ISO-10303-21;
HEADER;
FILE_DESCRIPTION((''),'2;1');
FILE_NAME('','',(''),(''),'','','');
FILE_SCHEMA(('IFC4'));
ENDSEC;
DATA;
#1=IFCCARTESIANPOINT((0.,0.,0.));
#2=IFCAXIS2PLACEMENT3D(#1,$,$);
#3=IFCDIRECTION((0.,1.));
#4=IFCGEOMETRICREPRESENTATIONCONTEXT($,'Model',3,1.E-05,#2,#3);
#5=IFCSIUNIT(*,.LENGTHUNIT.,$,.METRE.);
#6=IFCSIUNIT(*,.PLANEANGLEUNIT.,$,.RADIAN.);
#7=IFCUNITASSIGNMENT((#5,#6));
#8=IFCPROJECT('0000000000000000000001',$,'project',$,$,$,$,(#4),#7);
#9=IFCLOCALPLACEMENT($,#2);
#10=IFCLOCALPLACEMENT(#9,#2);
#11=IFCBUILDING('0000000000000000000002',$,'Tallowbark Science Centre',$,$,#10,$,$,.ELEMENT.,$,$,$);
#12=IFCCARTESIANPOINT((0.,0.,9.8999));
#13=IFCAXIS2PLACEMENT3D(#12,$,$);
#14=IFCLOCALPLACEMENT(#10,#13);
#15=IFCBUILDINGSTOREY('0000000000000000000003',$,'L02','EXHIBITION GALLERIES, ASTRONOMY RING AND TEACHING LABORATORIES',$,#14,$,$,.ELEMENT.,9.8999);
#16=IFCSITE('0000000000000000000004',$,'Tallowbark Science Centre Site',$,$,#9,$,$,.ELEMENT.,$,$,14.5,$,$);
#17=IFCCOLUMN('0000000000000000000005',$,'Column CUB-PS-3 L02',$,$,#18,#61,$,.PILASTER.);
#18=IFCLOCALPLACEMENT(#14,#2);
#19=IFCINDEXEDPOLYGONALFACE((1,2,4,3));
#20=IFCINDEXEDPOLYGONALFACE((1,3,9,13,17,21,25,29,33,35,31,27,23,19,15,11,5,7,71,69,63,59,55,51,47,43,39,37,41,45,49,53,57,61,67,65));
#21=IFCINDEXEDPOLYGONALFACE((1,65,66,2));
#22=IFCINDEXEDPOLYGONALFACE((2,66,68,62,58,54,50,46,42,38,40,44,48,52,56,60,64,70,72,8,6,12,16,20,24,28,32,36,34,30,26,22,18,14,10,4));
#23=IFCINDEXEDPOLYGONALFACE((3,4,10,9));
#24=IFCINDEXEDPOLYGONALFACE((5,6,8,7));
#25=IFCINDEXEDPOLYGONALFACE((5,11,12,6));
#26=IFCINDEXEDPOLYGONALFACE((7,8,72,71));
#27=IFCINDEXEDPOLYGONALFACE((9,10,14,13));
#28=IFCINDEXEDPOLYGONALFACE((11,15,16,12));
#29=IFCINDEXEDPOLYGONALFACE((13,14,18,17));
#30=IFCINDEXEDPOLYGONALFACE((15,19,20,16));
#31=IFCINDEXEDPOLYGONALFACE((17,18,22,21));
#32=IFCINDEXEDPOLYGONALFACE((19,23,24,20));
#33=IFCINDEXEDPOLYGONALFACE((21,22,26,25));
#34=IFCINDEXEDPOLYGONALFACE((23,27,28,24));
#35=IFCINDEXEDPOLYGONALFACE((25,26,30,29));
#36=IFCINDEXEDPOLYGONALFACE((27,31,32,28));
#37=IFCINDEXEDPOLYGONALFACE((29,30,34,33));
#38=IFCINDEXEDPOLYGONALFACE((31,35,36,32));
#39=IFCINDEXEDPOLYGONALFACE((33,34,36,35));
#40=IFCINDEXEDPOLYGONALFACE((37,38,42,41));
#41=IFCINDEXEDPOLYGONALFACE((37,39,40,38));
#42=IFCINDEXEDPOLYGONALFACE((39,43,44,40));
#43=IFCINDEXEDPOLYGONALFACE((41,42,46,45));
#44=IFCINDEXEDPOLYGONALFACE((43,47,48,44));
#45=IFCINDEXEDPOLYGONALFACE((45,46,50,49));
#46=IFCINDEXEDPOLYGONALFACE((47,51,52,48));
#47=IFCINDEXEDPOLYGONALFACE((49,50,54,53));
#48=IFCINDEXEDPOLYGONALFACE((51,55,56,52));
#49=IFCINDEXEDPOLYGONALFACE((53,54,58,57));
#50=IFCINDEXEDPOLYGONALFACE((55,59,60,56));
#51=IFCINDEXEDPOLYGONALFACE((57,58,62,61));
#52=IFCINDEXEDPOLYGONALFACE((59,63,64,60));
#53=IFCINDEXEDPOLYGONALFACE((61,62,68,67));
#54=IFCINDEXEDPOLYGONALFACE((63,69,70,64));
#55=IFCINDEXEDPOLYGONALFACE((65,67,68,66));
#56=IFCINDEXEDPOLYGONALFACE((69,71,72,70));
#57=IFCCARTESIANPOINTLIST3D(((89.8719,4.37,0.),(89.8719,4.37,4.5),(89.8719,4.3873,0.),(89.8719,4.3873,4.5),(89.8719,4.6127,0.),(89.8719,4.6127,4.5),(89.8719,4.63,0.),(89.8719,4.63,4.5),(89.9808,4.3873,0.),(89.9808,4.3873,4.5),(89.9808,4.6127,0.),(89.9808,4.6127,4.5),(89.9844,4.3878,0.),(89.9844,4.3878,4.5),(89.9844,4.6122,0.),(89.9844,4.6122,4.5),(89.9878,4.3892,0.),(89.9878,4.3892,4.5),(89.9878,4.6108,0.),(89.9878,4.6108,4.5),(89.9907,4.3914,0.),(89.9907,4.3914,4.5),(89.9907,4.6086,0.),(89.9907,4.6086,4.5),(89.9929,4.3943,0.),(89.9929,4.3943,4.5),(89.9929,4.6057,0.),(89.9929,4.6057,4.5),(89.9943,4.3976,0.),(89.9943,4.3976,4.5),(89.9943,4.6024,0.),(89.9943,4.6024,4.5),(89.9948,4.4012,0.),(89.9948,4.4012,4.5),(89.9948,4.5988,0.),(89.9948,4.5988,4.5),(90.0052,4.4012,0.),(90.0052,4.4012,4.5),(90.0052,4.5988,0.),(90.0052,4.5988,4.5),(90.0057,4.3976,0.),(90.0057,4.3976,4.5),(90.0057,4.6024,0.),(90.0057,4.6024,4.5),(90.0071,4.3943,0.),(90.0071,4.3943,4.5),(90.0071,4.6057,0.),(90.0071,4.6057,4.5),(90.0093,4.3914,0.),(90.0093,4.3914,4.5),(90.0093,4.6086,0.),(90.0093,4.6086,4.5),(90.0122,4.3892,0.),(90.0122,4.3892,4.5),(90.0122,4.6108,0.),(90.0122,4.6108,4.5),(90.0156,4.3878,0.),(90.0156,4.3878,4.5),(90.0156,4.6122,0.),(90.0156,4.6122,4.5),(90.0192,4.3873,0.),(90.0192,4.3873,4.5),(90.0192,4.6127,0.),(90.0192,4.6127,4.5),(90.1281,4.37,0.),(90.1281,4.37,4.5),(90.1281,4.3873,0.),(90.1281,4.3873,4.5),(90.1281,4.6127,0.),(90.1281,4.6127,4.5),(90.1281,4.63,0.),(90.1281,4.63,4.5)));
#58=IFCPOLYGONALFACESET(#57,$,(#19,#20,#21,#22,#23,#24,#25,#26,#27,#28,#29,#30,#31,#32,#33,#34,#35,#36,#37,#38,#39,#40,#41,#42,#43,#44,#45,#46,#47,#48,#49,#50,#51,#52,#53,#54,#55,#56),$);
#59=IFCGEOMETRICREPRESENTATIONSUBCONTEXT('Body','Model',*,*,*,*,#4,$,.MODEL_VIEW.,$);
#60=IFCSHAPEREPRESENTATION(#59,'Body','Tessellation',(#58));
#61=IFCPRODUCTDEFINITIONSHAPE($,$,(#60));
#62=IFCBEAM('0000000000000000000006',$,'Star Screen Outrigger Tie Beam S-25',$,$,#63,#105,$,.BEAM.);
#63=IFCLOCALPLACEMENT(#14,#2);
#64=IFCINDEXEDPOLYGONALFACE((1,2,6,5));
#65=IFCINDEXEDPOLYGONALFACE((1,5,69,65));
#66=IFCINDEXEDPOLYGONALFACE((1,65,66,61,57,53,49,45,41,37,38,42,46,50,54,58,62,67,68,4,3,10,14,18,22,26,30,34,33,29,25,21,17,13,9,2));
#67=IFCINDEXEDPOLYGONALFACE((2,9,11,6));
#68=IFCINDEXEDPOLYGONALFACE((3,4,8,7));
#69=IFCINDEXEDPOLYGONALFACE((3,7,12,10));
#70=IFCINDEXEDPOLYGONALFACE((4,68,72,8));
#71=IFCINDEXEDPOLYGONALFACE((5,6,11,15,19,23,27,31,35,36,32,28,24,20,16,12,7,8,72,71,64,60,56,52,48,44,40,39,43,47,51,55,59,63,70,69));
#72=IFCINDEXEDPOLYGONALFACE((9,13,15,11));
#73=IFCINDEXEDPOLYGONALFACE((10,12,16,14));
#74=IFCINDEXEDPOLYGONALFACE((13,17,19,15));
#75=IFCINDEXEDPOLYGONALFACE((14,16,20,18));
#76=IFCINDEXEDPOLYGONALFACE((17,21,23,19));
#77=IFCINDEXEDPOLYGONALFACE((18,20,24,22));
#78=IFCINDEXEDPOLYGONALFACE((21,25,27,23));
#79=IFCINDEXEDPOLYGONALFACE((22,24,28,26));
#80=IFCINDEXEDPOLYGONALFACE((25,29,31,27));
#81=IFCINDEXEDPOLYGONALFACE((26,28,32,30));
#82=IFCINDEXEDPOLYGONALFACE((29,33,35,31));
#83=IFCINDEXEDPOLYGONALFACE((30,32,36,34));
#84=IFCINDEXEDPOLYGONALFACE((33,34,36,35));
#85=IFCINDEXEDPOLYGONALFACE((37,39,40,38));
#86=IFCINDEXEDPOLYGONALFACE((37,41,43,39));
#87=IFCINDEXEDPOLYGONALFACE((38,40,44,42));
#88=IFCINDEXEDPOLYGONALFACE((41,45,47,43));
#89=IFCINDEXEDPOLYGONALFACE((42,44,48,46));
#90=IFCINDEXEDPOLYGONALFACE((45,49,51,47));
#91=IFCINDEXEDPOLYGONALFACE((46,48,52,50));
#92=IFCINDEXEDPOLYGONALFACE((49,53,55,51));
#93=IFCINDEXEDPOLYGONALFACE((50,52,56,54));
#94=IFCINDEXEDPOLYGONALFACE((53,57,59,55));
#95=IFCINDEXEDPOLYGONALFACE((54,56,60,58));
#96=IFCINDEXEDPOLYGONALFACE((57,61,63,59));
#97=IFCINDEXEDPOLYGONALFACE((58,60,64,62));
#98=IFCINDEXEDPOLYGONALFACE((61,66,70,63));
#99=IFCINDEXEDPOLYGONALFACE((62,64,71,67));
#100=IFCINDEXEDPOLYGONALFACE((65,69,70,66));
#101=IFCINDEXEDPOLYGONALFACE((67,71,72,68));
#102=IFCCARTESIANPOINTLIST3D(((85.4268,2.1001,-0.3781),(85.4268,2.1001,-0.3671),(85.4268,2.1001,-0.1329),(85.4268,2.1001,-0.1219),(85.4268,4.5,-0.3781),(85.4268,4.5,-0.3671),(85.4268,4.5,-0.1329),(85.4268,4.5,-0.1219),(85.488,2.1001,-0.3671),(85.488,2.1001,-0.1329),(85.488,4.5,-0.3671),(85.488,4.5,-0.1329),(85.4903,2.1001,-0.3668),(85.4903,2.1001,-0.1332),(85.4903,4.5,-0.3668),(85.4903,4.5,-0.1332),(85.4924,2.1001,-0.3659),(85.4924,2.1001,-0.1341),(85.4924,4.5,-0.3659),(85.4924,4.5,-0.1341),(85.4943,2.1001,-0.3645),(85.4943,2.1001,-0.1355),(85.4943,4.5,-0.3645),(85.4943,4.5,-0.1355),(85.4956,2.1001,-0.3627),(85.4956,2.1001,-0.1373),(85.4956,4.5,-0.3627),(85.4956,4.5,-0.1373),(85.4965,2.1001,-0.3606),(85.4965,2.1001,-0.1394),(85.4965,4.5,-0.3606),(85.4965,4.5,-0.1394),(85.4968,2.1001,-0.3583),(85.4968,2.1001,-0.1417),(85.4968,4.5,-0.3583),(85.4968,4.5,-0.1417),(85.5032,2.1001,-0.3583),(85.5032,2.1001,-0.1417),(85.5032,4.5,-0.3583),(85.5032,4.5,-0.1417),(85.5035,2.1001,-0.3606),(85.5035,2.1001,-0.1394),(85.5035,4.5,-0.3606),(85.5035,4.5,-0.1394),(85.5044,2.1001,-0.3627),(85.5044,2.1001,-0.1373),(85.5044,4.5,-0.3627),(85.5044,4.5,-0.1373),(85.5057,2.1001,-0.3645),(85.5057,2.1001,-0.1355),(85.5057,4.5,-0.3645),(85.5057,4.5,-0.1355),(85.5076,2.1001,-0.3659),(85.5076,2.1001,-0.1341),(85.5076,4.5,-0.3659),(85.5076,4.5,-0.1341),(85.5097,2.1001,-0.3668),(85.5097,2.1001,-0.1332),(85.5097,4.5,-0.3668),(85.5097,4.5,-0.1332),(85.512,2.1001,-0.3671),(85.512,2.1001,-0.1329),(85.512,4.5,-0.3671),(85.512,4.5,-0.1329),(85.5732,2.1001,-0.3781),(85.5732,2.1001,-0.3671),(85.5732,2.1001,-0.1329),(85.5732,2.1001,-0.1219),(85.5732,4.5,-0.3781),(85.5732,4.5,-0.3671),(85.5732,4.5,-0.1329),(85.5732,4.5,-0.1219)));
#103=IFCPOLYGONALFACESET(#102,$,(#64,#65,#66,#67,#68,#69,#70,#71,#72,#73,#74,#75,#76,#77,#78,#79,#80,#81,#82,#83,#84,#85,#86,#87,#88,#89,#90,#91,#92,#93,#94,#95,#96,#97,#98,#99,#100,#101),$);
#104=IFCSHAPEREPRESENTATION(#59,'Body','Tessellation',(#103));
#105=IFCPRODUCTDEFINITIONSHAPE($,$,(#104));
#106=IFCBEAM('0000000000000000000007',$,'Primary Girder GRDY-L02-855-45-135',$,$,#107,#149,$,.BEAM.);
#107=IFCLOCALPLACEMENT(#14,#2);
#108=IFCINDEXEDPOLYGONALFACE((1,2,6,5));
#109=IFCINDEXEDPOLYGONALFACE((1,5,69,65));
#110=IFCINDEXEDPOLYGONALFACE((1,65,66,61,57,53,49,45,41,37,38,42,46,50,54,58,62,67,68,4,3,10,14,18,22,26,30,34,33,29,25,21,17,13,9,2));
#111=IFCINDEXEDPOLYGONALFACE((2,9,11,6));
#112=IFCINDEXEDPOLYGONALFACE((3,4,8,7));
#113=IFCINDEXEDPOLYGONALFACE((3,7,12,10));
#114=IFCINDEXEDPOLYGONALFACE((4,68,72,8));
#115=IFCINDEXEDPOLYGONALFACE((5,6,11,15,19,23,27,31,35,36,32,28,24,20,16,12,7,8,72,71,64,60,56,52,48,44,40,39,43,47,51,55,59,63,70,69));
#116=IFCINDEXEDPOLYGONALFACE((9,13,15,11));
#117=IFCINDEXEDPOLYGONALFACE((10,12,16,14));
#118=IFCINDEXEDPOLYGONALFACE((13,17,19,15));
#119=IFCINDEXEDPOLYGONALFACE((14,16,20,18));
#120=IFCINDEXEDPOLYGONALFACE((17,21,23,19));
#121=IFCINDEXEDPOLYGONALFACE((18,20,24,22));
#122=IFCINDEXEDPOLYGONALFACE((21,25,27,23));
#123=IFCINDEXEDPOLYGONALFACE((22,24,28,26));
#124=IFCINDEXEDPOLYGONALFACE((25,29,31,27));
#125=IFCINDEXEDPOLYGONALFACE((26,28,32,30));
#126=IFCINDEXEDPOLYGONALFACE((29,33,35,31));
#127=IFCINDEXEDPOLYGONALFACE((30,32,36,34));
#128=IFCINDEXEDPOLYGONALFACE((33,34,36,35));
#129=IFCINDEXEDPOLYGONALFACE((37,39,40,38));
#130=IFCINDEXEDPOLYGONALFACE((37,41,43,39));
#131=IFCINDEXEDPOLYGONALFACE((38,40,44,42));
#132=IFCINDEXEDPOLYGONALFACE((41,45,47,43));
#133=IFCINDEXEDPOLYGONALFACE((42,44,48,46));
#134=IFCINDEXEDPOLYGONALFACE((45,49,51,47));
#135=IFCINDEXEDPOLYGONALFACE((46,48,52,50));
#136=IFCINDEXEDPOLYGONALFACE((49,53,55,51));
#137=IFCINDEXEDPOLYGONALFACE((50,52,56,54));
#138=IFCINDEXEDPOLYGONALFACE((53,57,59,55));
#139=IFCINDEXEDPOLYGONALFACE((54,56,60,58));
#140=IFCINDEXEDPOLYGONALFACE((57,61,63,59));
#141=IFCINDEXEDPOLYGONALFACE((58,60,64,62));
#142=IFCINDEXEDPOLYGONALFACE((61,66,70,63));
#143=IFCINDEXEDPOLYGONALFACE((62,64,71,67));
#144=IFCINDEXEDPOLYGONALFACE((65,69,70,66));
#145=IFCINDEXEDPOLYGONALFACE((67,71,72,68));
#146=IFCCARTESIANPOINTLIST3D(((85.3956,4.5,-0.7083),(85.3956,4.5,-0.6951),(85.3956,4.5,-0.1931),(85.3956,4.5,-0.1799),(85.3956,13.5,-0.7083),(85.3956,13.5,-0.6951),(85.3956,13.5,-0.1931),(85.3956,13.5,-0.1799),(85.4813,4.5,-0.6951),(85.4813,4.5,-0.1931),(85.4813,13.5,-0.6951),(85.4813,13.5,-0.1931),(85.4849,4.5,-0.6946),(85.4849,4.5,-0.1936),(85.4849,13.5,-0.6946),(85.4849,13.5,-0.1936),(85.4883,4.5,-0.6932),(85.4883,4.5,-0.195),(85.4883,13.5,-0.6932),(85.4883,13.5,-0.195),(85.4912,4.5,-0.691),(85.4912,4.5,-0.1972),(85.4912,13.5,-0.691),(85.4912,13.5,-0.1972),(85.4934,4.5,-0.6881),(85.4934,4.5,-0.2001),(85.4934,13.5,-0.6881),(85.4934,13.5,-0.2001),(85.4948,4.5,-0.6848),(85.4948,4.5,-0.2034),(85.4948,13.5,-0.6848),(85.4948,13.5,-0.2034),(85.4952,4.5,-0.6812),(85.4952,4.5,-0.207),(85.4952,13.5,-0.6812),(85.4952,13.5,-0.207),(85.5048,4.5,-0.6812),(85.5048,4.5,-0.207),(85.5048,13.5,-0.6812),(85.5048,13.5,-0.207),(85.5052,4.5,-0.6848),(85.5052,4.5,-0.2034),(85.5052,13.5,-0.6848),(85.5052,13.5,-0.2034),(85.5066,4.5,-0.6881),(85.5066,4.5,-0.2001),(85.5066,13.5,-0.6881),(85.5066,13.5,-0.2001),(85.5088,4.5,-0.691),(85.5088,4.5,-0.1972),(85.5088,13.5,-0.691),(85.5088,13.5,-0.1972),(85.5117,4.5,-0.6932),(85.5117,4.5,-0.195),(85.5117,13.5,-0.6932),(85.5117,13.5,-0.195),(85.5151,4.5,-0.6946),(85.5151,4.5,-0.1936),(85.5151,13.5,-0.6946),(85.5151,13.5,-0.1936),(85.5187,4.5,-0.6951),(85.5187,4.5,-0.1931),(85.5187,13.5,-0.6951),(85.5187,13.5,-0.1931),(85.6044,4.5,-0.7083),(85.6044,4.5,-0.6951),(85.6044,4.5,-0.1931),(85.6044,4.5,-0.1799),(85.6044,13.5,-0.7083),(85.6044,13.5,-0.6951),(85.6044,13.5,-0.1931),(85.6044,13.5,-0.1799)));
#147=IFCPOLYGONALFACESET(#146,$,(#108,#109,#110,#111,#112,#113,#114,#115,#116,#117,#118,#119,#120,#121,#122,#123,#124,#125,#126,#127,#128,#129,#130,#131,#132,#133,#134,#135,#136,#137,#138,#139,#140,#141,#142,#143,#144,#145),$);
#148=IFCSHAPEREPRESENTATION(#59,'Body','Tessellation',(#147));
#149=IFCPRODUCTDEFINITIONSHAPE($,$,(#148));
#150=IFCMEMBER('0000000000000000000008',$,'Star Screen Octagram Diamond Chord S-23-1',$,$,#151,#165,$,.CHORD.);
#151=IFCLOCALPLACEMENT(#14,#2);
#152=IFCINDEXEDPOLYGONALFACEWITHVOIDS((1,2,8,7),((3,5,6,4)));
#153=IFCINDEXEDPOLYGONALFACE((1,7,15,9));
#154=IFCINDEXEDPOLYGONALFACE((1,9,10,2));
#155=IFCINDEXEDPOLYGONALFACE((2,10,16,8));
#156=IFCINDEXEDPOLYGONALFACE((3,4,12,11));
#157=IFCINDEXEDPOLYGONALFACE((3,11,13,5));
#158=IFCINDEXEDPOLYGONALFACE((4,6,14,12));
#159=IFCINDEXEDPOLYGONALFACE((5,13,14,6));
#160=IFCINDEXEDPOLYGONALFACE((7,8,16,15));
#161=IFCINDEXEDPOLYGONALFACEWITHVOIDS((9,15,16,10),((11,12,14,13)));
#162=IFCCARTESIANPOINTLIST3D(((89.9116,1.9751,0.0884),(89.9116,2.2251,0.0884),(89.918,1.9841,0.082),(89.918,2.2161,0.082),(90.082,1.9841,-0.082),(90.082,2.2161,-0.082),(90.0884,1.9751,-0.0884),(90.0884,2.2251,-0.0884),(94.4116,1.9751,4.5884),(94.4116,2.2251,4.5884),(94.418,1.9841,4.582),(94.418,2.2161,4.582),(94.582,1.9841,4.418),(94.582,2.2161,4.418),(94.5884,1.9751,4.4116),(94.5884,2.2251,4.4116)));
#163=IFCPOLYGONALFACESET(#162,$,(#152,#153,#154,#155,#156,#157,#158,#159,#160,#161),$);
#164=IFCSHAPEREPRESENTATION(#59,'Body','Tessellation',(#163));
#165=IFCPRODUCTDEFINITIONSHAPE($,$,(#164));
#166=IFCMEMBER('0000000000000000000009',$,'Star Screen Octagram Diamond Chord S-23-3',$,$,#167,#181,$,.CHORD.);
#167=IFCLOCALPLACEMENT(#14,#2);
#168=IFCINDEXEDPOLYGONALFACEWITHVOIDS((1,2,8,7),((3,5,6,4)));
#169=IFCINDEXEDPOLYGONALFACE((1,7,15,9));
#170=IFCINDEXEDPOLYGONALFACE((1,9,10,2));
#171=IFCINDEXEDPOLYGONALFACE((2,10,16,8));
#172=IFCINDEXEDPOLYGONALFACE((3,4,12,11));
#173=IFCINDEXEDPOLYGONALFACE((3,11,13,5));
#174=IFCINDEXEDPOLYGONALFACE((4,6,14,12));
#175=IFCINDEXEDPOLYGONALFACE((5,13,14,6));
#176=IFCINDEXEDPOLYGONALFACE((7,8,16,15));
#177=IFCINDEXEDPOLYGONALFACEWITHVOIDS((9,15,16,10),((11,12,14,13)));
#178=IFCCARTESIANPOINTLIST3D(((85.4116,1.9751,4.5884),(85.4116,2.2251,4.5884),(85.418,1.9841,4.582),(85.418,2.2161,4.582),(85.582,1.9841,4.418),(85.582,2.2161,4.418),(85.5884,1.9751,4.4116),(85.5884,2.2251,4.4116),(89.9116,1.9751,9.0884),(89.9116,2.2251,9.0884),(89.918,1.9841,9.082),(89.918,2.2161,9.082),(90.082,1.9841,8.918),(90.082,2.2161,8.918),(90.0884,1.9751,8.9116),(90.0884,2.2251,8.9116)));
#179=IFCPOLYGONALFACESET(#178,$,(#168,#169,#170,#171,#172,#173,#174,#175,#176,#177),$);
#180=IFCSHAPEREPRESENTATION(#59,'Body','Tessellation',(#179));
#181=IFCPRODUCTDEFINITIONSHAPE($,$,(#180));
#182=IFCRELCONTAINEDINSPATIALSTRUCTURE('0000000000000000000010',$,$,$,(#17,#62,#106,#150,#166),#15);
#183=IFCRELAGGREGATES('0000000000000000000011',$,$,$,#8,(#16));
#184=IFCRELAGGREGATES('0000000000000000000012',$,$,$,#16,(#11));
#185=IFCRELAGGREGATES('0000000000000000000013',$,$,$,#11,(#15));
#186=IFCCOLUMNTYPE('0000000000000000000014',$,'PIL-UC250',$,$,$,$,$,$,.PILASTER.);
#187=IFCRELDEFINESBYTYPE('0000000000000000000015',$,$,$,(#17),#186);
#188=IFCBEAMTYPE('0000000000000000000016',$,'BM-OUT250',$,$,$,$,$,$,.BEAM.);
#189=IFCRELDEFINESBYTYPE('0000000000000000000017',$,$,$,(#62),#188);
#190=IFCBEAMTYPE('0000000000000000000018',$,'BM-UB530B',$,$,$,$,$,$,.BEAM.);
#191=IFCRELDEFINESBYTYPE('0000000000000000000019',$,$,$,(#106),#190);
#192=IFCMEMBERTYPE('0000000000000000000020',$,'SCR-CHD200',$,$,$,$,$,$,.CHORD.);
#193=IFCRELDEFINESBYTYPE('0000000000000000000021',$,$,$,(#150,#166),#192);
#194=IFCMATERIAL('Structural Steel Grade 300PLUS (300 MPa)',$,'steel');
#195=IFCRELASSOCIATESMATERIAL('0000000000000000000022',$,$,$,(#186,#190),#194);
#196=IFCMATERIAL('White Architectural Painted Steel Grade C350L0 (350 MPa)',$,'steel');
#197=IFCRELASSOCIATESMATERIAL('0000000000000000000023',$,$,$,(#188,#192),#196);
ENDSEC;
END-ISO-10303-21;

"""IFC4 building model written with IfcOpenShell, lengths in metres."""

from ifc_helpers import new_model, si_unit, direction, frame, origin, origin_2d, place, context, subcontext, project, spatial, hollow_rectangle, i_section, extrude, material, material_profile, profile_set, type_object, element, save


model = new_model("IFC4")

# Units and contexts
model_context = context("Model", 3, precision=1e-05, world=origin(), true_north=direction((0.0, 1.0)))
body_context = subcontext(model_context, "Body", "Model", "MODEL_VIEW")
ifc_project = project(units=[si_unit("LENGTHUNIT", "METRE"), si_unit("PLANEANGLEUNIT", "RADIAN")], contexts=[model_context])

# Site, building, storey
site_placement = place(None, origin())
site = spatial("IfcSite", under=ifc_project, at=site_placement, Name="Tallowbark Science Centre Site", CompositionType="ELEMENT", RefElevation=14.5)
building_placement = place(site_placement, origin())
building = spatial("IfcBuilding", under=site, at=building_placement, Name="Tallowbark Science Centre", CompositionType="ELEMENT")
storey_placement = place(building_placement, frame((0.0, 0.0, 9.8999)))
storey = spatial("IfcBuildingStorey", under=building, at=storey_placement, Name="L02", Description="EXHIBITION GALLERIES, ASTRONOMY RING AND TEACHING LABORATORIES", CompositionType="ELEMENT", Elevation=9.8999)

# Column
ifc_material_1 = material(Name="Structural Steel Grade 300PLUS (300 MPa)", Category="steel")
ifc_material_profile_1 = material_profile(ifc_material_1, i_section(OverallWidth=0.2561, OverallDepth=0.26, WebThickness=0.0105, FlangeThickness=0.0173, FilletRadius=0.0139, at=origin_2d()), Name="250UC89.5")
ifc_profile_set_1 = profile_set([ifc_material_profile_1], Name="Structural Steel Grade 300PLUS (300 MPa)")
column_type = type_object("IfcColumnType", Name="PIL-UC250", PredefinedType="PILASTER", material=ifc_profile_set_1)
column_placement = place(storey_placement, frame((90.0, 4.5, 0.0), z_axis=(0.0, 0.0, 1.0), x_axis=(1.0, 0.0, 0.0)))
element("IfcColumn", 1, at=column_placement, inside=storey, type_object=column_type, Name="Column CUB-PS-3 L02", PredefinedType="PILASTER", context=body_context, shape_type="SweptSolid", body=[
    extrude(i_section(OverallWidth=0.2561, OverallDepth=0.26, WebThickness=0.0105, FlangeThickness=0.0173, FilletRadius=0.0139, at=origin_2d()), origin(), (0.0, 0.0, 1.0), 4.5),
])

# Beams
ifc_material_2 = material(Name="White Architectural Painted Steel Grade C350L0 (350 MPa)", Category="steel")
ifc_material_profile_2 = material_profile(ifc_material_2, i_section(OverallWidth=0.1465, OverallDepth=0.2561, WebThickness=0.0063, FlangeThickness=0.011, FilletRadius=0.0088, at=origin_2d()), Name="250UB37.3")
ifc_profile_set_2 = profile_set([ifc_material_profile_2], Name="White Architectural Painted Steel Grade C350L0 (350 MPa)")
beam_type_1 = type_object("IfcBeamType", Name="BM-OUT250", PredefinedType="BEAM", material=ifc_profile_set_2)
beam_1_placement = place(storey_placement, frame((85.5, 4.5, -0.25), z_axis=(0.0, -1.0, 0.0), x_axis=(1.0, 0.0, 0.0)))
element("IfcBeam", 2, at=beam_1_placement, inside=storey, type_object=beam_type_1, Name="Star Screen Outrigger Tie Beam S-25", PredefinedType="BEAM", context=body_context, shape_type="SweptSolid", body=[
    extrude(i_section(OverallWidth=0.1465, OverallDepth=0.2561, WebThickness=0.0063, FlangeThickness=0.011, FilletRadius=0.0088, at=origin_2d()), origin(), (0.0, 0.0, 1.0), 2.3999),
])
ifc_material_profile_3 = material_profile(ifc_material_1, i_section(OverallWidth=0.2087, OverallDepth=0.5283, WebThickness=0.0095, FlangeThickness=0.0132, FilletRadius=0.0139, at=origin_2d()), Name="530UB82.0")
ifc_profile_set_3 = profile_set([ifc_material_profile_3], Name="Structural Steel Grade 300PLUS (300 MPa)")
beam_type_2 = type_object("IfcBeamType", Name="BM-UB530B", PredefinedType="BEAM", material=ifc_profile_set_3)
beam_2_placement = place(storey_placement, frame((85.5, 4.5, -0.4441), z_axis=(0.0, 1.0, 0.0), x_axis=(-1.0, 0.0, 0.0)))
element("IfcBeam", 3, at=beam_2_placement, inside=storey, type_object=beam_type_2, Name="Primary Girder GRDY-L02-855-45-135", PredefinedType="BEAM", context=body_context, shape_type="SweptSolid", body=[
    extrude(i_section(OverallWidth=0.2087, OverallDepth=0.5283, WebThickness=0.0095, FlangeThickness=0.0132, FilletRadius=0.0139, at=origin_2d()), origin(), (0.0, 0.0, 1.0), 9.0),
])

# Members
ifc_material_profile_4 = material_profile(ifc_material_2, hollow_rectangle(XDim=0.25, YDim=0.25, WallThickness=0.009, at=origin_2d()), Name="250x250x9.0SHS")
ifc_profile_set_4 = profile_set([ifc_material_profile_4], Name="White Architectural Painted Steel Grade C350L0 (350 MPa)")
member_type_1 = type_object("IfcMemberType", Name="SCR-CHD200", PredefinedType="CHORD", material=ifc_profile_set_4)
for number, where, z_axis, x_axis, name in (
    (4, (90.0, 2.1001, 0.0), (0.707107, 0.0, 0.707107), (0.0, 1.0, 0.0), "Star Screen Octagram Diamond Chord S-23-1"),
    (5, (90.0, 2.1001, 9.0), (-0.707107, 0.0, -0.707107), (0.0, -1.0, 0.0), "Star Screen Octagram Diamond Chord S-23-3"),
):
    element("IfcMember", number, at=place(storey_placement, frame(where, z_axis=z_axis, x_axis=x_axis)), inside=storey, type_object=member_type_1, Name=name, PredefinedType="CHORD", context=body_context, shape_type="SweptSolid", body=[
        extrude(hollow_rectangle(XDim=0.25, YDim=0.25, WallThickness=0.009, at=origin_2d()), origin(), (0.0, 0.0, 1.0), 6.364),
    ])

save(model, "model.ifc")
